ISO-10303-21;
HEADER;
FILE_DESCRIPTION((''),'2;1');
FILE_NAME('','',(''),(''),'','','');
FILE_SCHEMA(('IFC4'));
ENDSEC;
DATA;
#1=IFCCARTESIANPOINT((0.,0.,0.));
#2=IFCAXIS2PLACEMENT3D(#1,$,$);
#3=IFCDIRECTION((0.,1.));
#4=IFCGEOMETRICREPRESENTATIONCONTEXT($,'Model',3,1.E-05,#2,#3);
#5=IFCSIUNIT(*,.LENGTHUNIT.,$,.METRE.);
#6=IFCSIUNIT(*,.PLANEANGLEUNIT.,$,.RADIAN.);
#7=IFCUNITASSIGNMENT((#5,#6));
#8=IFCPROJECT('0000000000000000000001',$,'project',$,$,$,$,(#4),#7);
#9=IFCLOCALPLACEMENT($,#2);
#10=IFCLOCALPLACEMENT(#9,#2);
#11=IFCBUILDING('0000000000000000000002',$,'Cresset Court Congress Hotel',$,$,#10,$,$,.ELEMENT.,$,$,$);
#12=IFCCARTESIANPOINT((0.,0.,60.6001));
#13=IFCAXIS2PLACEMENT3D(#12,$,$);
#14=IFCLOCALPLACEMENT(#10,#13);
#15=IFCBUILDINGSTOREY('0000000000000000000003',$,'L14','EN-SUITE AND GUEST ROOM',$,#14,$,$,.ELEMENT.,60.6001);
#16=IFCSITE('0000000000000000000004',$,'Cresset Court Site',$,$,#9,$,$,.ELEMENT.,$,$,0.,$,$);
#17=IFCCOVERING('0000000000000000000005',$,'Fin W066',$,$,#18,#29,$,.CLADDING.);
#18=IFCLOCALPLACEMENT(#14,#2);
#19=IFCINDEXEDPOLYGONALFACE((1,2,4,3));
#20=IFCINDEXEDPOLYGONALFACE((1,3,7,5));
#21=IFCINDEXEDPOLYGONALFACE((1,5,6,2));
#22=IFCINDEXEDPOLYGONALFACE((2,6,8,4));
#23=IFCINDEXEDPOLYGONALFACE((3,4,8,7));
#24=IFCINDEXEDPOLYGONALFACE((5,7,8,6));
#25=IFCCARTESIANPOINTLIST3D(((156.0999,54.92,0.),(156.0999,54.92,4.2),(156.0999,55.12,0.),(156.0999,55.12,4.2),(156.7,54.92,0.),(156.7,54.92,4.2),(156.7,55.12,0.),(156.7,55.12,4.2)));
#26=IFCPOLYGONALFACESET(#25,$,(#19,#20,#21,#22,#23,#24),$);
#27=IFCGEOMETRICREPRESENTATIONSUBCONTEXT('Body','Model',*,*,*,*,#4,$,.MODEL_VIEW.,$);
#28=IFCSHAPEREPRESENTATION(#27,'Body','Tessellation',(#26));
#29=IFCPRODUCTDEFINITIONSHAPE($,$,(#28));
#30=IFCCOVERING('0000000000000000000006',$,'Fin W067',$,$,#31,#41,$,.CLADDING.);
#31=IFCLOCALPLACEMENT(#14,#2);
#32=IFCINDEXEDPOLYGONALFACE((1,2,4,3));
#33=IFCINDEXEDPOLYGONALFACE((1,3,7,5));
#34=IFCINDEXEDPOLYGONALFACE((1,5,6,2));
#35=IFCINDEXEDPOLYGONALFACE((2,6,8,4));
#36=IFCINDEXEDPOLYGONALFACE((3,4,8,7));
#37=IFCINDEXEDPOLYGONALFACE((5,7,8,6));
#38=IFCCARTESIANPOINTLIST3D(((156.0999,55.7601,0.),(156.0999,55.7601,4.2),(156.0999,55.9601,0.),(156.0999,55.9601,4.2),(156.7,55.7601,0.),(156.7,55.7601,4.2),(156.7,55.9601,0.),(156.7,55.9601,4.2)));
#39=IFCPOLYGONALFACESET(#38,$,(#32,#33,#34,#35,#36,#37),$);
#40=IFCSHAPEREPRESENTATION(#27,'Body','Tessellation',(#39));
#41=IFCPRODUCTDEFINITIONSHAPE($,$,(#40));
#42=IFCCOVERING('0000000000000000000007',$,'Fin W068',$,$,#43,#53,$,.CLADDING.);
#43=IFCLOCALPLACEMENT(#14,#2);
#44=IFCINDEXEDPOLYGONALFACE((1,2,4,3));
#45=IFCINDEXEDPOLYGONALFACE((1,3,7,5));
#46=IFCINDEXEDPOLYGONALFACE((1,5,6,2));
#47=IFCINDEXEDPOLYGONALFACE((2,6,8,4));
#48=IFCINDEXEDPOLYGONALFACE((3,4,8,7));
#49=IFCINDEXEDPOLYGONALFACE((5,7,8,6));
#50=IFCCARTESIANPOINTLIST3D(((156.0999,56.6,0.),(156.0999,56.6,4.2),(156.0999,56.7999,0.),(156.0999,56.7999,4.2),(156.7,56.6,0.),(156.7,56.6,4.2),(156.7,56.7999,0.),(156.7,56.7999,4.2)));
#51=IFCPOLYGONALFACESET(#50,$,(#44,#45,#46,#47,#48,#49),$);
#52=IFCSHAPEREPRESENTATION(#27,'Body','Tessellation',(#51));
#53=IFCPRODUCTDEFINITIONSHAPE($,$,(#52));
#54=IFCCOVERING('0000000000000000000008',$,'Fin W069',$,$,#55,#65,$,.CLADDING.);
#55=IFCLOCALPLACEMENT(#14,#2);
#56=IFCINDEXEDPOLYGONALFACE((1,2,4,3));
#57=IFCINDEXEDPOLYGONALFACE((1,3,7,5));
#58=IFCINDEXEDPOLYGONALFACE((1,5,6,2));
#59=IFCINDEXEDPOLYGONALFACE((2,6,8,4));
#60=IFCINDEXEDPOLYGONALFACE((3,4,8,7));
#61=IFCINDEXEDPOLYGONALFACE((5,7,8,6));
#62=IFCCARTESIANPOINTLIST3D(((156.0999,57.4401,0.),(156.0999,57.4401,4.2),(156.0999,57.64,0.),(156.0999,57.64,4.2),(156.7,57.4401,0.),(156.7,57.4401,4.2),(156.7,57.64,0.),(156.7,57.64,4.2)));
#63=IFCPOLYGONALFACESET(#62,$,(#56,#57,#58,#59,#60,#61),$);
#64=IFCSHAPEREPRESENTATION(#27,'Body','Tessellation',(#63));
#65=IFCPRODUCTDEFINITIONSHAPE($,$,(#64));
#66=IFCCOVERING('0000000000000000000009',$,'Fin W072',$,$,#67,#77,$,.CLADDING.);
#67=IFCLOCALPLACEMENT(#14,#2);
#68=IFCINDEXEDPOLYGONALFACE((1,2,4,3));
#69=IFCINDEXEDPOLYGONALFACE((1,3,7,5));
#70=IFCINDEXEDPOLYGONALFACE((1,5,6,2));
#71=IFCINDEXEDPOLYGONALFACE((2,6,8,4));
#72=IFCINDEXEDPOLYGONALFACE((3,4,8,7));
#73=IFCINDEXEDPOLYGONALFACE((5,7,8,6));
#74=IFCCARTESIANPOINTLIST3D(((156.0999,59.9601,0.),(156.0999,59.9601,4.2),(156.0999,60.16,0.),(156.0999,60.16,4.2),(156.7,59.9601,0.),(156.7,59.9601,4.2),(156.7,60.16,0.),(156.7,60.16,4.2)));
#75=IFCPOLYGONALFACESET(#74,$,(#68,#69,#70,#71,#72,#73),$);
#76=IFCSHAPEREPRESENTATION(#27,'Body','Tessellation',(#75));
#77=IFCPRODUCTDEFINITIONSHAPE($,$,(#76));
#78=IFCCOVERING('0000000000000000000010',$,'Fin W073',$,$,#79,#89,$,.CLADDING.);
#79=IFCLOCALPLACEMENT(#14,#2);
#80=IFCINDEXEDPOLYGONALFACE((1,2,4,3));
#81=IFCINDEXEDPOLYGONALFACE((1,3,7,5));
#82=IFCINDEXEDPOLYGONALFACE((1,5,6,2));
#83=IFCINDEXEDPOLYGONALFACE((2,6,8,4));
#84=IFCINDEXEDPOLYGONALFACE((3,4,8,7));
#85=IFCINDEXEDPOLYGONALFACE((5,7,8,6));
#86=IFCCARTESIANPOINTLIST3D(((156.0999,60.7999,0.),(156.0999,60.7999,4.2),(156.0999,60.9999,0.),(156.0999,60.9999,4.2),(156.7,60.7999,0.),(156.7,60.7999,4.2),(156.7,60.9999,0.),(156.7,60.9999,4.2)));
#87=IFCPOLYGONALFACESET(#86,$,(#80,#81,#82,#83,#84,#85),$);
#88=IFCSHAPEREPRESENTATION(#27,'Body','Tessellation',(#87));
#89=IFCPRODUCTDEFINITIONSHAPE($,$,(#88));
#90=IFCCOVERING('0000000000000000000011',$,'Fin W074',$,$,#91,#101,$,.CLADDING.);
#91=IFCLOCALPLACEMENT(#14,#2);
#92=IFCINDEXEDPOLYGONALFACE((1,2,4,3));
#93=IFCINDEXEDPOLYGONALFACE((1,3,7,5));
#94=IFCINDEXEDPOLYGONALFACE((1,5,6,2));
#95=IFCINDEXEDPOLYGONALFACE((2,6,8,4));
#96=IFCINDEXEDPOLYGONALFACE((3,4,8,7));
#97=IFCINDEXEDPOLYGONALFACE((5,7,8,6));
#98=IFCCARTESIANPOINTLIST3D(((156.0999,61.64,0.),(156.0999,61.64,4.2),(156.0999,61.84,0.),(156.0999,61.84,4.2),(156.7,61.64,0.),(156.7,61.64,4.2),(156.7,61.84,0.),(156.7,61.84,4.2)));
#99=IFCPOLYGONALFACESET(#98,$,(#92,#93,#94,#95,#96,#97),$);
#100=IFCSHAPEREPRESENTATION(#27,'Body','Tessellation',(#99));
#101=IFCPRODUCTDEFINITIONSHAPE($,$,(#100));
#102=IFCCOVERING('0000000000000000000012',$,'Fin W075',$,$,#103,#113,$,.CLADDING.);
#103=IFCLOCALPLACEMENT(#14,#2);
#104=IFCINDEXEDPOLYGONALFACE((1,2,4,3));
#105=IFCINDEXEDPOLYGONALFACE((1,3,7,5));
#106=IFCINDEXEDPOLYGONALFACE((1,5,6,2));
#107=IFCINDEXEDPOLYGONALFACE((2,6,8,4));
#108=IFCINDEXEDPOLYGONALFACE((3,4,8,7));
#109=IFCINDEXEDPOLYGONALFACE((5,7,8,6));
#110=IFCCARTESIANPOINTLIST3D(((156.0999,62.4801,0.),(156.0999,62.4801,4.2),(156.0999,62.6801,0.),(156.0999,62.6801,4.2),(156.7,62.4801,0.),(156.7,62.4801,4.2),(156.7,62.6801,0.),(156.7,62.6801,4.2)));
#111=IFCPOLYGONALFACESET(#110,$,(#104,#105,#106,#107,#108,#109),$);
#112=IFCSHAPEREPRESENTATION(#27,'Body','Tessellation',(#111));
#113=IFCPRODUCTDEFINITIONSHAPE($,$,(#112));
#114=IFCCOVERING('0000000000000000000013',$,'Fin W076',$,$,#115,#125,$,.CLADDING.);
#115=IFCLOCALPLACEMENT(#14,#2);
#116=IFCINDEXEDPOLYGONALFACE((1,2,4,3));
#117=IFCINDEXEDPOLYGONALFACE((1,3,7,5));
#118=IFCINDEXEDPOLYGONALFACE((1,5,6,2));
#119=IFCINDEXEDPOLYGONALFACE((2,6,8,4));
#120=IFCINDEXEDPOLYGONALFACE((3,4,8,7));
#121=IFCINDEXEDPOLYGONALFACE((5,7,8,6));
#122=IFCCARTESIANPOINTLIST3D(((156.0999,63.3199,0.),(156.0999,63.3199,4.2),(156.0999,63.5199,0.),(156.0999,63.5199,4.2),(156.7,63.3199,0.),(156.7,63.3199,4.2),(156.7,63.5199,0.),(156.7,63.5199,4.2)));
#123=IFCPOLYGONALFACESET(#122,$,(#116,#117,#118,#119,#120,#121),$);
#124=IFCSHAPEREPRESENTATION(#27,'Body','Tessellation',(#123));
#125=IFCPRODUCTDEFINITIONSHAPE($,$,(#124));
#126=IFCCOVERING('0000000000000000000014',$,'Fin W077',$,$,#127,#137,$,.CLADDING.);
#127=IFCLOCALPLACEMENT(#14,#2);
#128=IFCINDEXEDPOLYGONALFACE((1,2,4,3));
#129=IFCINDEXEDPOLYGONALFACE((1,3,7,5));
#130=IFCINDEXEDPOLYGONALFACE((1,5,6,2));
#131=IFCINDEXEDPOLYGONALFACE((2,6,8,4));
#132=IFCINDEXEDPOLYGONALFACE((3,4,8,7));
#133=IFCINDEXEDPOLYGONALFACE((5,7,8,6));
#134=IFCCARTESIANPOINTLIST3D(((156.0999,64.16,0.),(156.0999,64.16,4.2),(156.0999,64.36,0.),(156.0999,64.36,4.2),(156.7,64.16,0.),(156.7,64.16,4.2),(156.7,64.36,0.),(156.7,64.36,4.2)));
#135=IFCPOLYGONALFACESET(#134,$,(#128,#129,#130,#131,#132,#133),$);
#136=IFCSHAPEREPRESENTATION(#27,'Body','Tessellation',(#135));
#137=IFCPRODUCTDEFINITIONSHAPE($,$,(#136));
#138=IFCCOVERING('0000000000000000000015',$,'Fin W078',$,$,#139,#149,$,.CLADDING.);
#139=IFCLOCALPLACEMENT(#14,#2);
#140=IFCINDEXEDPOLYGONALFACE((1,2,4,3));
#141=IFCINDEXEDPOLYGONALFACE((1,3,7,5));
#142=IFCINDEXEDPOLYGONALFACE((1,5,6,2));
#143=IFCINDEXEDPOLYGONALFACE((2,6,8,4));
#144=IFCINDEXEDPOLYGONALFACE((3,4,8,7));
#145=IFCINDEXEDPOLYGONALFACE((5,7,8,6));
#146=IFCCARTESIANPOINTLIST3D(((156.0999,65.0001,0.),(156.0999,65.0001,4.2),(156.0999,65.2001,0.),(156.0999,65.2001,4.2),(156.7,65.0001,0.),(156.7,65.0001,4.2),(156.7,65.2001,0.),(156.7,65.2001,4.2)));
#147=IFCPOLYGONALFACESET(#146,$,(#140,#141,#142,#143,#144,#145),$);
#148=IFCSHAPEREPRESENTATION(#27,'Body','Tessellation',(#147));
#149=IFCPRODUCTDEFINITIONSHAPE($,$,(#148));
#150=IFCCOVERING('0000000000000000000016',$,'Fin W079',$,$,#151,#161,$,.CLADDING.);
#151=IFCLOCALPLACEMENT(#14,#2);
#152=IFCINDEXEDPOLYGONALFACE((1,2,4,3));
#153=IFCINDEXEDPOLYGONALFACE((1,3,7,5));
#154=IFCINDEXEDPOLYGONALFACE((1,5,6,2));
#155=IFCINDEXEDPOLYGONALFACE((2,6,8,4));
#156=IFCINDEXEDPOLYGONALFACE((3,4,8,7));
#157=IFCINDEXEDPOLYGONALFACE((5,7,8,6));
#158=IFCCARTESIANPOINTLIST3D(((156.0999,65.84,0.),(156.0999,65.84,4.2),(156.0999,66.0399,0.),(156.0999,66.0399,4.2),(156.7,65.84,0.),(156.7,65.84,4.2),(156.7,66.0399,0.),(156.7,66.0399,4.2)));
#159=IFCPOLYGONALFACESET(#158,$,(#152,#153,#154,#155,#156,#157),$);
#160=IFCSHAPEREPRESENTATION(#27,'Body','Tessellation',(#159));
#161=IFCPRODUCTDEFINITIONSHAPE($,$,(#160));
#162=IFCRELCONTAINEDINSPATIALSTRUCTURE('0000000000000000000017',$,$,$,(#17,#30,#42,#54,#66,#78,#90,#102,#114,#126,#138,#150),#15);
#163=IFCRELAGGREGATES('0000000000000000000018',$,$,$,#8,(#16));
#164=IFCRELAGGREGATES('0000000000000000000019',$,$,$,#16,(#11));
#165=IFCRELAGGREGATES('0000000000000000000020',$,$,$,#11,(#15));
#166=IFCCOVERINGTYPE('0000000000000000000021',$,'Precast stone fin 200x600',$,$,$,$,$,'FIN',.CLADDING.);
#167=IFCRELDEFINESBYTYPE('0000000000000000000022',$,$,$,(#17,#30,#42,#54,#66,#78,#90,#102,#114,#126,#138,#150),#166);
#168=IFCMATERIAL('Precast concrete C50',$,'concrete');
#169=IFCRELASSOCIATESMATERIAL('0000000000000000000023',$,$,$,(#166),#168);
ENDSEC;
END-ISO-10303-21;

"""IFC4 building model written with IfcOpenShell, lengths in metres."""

from ifc_helpers import new_model, si_unit, direction, frame, origin, origin_2d, place, context, subcontext, project, spatial, rectangle, extrude, material, type_object, element, save


model = new_model("IFC4")

# Units and contexts
model_context = context("Model", 3, precision=1e-05, world=origin(), true_north=direction((0.0, 1.0)))
body_context = subcontext(model_context, "Body", "Model", "MODEL_VIEW")
ifc_project = project(units=[si_unit("LENGTHUNIT", "METRE"), si_unit("PLANEANGLEUNIT", "RADIAN")], contexts=[model_context])

# Site, building, storey
site_placement = place(None, origin())
site = spatial("IfcSite", under=ifc_project, at=site_placement, Name="Cresset Court Site", CompositionType="ELEMENT", RefElevation=0.0)
building_placement = place(site_placement, origin())
building = spatial("IfcBuilding", under=site, at=building_placement, Name="Cresset Court Congress Hotel", CompositionType="ELEMENT")
storey_placement = place(building_placement, frame((0.0, 0.0, 60.6001)))
storey = spatial("IfcBuildingStorey", under=building, at=storey_placement, Name="L14", Description="EN-SUITE AND GUEST ROOM", CompositionType="ELEMENT", Elevation=60.6001)

# Coverings
ifc_material_1 = material(Name="Precast concrete C50", Category="concrete")
covering_type = type_object("IfcCoveringType", Name="Precast stone fin 200x600", ElementType="FIN", PredefinedType="CLADDING", material=ifc_material_1)
for number, where, z_axis, x_axis, name in (
    (1, (156.3999, 55.02, 0.0), (0.0, 0.0, 1.0), (1.0, 0.0, 0.0), "Fin W066"),
    (2, (156.3999, 55.8601, 0.0), (0.0, 0.0, 1.0), (1.0, 0.0, 0.0), "Fin W067"),
    (3, (156.3999, 56.7, 0.0), (0.0, 0.0, 1.0), (1.0, 0.0, 0.0), "Fin W068"),
    (4, (156.3999, 57.54, 0.0), (0.0, 0.0, 1.0), (1.0, 0.0, 0.0), "Fin W069"),
    (5, (156.3999, 60.0601, 0.0), (0.0, 0.0, 1.0), (1.0, 0.0, 0.0), "Fin W072"),
    (6, (156.3999, 60.8999, 0.0), (0.0, 0.0, 1.0), (1.0, 0.0, 0.0), "Fin W073"),
    (7, (156.3999, 61.74, 0.0), (0.0, 0.0, 1.0), (1.0, 0.0, 0.0), "Fin W074"),
    (8, (156.3999, 62.5801, 0.0), (0.0, 0.0, 1.0), (1.0, 0.0, 0.0), "Fin W075"),
    (9, (156.3999, 63.4199, 0.0), (0.0, 0.0, 1.0), (1.0, 0.0, 0.0), "Fin W076"),
    (10, (156.3999, 64.26, 0.0), (0.0, 0.0, 1.0), (1.0, 0.0, 0.0), "Fin W077"),
    (11, (156.3999, 65.1001, 0.0), (0.0, 0.0, 1.0), (1.0, 0.0, 0.0), "Fin W078"),
    (12, (156.3999, 65.9399, 0.0), (0.0, 0.0, 1.0), (1.0, 0.0, 0.0), "Fin W079"),
):
    element("IfcCovering", number, at=place(storey_placement, frame(where, z_axis=z_axis, x_axis=x_axis)), inside=storey, type_object=covering_type, Name=name, PredefinedType="CLADDING", context=body_context, shape_type="SweptSolid", body=[
        extrude(rectangle(XDim=0.6001, YDim=0.2, at=origin_2d()), origin(), (0.0, 0.0, 1.0), 4.2),
    ])

save(model, "model.ifc")
